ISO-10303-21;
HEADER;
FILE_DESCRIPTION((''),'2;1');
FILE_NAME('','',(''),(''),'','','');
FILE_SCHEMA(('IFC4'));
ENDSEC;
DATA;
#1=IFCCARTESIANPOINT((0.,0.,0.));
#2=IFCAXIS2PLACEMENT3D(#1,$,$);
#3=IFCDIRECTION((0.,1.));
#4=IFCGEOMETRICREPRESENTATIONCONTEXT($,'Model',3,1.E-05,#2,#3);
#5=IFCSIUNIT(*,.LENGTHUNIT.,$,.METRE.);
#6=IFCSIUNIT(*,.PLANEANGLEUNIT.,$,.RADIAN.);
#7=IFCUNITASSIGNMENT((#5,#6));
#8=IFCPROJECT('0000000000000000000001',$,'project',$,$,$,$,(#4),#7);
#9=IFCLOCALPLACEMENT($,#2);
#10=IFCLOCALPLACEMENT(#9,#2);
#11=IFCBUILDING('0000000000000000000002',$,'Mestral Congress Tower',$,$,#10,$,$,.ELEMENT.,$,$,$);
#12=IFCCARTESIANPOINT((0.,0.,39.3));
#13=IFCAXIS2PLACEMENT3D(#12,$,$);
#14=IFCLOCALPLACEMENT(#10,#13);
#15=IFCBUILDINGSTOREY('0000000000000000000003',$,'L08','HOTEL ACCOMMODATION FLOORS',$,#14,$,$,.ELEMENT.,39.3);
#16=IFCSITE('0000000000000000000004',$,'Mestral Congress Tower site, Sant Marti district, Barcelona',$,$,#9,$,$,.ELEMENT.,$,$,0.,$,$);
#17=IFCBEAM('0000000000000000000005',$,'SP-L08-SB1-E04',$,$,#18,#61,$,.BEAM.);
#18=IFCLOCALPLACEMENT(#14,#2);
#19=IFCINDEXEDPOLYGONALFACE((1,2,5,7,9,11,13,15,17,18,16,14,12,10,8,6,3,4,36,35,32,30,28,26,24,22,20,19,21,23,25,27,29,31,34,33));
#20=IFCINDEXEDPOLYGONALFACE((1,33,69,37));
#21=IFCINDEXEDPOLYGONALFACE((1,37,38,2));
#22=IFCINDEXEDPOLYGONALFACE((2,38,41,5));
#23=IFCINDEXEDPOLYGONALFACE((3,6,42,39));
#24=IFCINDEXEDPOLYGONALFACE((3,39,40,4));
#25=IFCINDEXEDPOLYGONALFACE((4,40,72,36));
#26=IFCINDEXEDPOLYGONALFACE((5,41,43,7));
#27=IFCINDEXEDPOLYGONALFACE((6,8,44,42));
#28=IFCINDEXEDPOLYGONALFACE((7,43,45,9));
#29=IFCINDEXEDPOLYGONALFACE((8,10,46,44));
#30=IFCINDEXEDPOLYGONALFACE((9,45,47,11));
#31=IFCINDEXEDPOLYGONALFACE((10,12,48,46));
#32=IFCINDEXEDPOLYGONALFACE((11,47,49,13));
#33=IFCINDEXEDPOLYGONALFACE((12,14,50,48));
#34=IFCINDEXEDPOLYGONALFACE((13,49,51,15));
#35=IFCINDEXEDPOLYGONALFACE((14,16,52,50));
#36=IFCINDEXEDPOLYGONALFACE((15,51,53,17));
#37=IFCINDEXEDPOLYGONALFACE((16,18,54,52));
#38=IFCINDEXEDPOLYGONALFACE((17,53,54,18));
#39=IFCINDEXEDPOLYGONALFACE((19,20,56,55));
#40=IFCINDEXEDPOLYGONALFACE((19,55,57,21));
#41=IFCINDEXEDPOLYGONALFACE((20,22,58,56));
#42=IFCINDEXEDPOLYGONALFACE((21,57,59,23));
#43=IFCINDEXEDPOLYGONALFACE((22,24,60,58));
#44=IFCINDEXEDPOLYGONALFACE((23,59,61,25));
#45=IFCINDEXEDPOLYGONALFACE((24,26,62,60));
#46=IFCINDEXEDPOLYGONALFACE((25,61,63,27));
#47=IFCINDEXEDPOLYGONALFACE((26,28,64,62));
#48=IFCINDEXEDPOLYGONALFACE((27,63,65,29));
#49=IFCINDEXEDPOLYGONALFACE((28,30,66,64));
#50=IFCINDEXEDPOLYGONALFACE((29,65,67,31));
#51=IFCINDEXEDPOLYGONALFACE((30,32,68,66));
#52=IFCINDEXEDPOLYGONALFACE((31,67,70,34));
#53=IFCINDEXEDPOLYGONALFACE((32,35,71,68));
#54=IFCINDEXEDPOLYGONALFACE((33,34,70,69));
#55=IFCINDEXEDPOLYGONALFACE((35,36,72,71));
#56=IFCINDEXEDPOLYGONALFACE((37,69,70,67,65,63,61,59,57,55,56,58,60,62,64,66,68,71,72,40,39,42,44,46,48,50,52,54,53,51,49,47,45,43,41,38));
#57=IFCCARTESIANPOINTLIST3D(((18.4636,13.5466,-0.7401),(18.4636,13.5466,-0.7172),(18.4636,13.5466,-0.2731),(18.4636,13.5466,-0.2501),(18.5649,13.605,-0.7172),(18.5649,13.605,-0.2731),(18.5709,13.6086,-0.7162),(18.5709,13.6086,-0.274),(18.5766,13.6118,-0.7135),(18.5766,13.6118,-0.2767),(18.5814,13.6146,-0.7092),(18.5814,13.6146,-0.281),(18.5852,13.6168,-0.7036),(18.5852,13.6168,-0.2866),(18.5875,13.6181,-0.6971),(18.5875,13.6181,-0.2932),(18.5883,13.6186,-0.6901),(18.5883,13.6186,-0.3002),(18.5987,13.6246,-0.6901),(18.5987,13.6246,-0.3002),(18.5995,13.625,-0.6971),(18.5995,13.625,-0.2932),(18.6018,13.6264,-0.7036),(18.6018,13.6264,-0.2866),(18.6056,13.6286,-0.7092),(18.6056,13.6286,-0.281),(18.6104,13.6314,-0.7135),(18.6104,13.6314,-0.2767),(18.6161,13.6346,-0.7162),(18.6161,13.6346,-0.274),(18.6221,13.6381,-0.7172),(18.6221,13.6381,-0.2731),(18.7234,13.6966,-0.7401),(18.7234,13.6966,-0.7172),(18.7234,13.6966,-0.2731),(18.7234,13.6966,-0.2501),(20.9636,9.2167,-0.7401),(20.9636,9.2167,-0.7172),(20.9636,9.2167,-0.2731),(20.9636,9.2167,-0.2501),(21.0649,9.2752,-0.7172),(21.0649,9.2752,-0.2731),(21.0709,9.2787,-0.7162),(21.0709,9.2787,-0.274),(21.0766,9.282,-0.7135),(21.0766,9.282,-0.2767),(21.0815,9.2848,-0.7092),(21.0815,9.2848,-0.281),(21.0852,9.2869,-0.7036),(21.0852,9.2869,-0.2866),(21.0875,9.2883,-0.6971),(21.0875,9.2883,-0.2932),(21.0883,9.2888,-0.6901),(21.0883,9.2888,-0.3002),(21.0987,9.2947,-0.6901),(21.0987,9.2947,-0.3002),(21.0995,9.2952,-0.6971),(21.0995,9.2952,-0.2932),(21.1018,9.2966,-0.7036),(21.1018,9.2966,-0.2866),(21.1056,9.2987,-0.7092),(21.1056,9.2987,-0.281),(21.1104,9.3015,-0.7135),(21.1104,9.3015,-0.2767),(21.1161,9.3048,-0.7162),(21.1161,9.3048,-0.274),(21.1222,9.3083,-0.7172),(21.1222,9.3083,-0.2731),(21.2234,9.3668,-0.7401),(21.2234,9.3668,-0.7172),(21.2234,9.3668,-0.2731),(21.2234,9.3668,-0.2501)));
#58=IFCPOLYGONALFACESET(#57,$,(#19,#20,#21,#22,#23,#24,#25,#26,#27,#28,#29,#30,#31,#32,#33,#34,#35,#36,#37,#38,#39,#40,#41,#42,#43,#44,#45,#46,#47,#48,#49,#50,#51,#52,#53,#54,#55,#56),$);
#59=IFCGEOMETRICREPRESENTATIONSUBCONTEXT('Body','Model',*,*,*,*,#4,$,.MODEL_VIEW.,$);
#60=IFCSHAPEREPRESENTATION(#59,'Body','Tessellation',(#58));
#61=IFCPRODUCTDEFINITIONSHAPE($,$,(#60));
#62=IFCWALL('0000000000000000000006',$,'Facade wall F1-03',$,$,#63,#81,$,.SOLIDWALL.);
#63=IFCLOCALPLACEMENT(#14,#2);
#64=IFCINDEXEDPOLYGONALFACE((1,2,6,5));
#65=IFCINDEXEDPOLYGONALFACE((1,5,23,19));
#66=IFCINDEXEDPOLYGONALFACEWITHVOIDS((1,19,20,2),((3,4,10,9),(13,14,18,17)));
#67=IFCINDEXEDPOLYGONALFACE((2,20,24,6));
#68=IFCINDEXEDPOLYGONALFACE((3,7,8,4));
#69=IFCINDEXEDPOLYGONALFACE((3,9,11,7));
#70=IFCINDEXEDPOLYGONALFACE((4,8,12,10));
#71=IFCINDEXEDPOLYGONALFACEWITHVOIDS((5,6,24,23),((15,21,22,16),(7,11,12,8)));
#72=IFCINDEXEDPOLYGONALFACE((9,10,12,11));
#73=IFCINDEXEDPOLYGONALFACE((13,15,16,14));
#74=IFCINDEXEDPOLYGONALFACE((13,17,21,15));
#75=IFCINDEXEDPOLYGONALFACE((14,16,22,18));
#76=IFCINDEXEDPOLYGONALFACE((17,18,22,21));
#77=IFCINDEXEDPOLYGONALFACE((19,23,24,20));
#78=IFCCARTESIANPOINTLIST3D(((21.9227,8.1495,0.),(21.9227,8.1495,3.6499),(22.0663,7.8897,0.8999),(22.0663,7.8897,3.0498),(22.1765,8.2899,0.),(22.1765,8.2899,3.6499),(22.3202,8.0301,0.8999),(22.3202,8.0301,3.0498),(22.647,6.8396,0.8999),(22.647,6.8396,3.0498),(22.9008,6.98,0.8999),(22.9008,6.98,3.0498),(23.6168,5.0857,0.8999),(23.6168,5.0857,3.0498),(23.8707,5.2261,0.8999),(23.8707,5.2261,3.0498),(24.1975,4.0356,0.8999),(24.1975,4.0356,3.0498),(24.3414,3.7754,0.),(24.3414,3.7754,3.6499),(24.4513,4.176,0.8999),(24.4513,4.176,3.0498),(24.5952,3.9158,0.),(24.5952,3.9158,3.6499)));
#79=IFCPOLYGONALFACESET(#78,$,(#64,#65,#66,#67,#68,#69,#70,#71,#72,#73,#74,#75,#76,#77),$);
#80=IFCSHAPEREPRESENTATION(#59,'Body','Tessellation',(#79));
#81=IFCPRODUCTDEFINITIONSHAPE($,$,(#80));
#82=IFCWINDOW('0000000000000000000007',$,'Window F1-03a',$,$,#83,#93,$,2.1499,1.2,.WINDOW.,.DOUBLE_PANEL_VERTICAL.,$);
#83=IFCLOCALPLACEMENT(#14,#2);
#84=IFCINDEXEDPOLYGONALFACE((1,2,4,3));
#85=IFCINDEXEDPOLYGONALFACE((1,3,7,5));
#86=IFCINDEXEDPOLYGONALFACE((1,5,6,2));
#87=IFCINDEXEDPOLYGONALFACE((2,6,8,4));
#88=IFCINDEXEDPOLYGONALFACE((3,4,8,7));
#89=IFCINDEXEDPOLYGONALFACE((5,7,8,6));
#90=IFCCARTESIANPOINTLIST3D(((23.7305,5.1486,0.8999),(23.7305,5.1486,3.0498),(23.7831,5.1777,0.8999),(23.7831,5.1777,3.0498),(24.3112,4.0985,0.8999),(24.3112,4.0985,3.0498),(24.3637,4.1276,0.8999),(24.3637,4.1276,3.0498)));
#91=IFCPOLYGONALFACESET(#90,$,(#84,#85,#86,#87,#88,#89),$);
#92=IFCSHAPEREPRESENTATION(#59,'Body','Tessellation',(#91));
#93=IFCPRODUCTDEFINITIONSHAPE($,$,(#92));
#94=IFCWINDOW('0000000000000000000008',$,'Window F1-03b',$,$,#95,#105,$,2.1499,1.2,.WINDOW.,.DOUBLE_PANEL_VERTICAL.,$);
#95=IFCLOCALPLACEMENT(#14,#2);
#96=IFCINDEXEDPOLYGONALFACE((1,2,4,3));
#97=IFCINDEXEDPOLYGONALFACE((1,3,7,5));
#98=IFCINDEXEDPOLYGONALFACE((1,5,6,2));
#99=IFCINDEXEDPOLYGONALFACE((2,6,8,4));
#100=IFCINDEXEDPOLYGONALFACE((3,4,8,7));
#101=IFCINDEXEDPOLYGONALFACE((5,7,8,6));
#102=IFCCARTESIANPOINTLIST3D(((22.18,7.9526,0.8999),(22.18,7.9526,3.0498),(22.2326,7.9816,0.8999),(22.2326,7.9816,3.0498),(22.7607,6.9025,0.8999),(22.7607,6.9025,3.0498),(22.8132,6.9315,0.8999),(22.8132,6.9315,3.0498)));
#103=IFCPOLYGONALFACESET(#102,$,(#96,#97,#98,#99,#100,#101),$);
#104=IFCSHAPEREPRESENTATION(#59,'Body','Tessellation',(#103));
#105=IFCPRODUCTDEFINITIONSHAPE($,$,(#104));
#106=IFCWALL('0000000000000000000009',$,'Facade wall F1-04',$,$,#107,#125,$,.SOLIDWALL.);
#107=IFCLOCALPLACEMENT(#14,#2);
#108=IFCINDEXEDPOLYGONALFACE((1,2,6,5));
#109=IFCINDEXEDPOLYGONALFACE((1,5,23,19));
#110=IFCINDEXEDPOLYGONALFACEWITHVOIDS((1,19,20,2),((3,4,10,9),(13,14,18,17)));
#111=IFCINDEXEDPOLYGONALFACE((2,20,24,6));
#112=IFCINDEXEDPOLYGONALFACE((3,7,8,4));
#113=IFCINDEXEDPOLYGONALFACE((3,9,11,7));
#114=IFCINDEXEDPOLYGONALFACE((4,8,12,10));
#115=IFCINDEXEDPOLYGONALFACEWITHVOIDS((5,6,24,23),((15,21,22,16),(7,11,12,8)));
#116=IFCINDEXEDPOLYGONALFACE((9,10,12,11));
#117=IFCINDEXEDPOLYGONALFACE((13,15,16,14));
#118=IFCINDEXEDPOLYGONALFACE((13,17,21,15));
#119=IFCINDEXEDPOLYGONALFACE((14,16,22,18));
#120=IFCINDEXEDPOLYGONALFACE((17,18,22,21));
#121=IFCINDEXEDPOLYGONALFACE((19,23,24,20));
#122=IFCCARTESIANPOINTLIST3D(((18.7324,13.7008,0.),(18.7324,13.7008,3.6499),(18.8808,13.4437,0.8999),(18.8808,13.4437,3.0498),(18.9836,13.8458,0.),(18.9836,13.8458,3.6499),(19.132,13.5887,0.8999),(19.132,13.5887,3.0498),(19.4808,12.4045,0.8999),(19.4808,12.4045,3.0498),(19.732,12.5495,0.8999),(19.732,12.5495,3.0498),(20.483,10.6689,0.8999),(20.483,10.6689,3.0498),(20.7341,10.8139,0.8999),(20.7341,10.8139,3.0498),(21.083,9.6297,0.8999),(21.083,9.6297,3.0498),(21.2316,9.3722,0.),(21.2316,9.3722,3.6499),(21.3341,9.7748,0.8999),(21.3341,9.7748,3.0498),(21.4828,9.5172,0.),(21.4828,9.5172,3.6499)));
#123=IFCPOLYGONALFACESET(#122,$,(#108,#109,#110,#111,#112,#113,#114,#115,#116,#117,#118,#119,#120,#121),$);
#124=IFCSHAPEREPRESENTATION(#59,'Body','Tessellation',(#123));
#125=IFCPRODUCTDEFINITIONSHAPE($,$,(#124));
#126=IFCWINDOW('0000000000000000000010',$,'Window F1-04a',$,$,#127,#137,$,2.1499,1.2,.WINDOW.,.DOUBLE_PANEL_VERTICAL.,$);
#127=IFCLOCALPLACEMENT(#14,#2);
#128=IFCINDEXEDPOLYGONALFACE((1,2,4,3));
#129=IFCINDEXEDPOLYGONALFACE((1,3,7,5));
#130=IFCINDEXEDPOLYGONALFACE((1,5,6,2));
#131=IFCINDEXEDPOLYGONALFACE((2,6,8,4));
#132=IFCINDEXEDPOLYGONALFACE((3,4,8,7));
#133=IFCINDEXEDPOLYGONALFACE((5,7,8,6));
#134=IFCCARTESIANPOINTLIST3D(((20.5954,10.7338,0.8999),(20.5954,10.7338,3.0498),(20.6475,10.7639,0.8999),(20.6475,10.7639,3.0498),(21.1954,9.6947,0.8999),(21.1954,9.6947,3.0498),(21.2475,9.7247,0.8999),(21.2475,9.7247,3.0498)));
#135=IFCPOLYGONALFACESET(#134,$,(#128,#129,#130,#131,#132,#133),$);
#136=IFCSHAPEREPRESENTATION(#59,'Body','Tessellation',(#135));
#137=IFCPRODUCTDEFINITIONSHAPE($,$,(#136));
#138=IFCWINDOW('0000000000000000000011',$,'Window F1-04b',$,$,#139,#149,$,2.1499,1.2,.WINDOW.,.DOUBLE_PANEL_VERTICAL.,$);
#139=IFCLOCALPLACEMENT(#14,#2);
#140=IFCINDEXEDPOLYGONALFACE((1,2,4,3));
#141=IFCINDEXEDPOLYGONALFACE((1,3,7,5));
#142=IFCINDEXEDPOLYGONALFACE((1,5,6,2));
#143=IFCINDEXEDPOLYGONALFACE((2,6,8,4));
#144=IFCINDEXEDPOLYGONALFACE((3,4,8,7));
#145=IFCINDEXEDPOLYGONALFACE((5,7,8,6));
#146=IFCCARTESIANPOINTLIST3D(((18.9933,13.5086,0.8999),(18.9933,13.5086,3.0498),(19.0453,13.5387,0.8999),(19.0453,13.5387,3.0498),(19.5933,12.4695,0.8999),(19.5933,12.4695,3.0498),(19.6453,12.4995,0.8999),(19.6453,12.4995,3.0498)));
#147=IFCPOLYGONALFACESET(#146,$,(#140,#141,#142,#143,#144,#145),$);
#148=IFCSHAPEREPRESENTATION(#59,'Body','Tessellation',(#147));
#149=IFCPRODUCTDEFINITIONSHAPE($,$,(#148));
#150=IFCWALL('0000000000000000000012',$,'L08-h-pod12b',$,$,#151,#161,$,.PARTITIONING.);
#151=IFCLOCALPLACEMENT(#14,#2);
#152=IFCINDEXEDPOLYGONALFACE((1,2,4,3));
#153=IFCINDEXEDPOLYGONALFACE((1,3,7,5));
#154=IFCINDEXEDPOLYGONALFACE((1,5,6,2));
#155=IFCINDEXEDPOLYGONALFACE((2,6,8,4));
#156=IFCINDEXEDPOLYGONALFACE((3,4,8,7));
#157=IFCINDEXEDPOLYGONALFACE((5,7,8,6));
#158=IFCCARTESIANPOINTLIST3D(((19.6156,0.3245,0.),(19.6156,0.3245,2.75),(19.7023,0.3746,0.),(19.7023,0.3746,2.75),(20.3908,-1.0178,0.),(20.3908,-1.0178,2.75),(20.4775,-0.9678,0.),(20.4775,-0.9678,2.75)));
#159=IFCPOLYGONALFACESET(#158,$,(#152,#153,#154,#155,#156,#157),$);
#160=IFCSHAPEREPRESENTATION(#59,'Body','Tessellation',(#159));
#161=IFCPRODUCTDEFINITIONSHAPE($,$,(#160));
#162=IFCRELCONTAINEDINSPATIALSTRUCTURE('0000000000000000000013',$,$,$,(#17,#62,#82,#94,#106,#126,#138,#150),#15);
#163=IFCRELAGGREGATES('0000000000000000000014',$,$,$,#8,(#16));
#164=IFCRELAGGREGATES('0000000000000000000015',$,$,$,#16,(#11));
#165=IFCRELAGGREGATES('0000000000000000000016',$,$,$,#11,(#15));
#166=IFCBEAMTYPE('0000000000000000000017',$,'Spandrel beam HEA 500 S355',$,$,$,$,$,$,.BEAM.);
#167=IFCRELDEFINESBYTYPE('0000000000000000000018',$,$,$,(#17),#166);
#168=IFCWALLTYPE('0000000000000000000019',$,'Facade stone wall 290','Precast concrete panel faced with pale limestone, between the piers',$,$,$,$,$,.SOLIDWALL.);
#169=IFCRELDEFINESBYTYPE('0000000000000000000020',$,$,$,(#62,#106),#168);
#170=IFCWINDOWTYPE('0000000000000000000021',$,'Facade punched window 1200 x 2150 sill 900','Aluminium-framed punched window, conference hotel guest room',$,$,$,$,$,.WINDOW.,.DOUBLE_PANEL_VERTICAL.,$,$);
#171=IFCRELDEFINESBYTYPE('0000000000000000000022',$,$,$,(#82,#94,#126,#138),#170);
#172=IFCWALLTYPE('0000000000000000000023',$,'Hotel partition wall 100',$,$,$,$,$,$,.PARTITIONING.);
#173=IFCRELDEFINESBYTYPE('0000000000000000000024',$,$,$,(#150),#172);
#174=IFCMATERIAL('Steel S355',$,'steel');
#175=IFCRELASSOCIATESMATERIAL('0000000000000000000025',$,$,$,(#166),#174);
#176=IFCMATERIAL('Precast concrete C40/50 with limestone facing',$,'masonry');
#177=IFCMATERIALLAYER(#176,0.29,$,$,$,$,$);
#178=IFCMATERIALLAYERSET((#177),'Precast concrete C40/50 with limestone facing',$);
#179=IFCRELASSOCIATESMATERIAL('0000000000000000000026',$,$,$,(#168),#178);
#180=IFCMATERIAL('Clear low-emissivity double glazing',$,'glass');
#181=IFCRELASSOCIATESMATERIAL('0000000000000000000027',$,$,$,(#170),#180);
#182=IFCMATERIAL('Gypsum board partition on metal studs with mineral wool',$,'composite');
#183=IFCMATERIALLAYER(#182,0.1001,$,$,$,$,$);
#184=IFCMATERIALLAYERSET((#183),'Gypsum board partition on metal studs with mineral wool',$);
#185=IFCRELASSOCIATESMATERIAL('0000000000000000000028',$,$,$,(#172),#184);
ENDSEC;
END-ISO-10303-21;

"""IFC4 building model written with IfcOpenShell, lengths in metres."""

from ifc_helpers import new_model, si_unit, direction, frame, frame_2d, origin, origin_2d, place, context, subcontext, project, spatial, rectangle, i_section, extrude, material, layer, layer_set, material_profile, profile_set, type_object, element, fill, save


model = new_model("IFC4")

# Units and contexts
model_context = context("Model", 3, precision=1e-05, world=origin(), true_north=direction((0.0, 1.0)))
body_context = subcontext(model_context, "Body", "Model", "MODEL_VIEW")
ifc_project = project(units=[si_unit("LENGTHUNIT", "METRE"), si_unit("PLANEANGLEUNIT", "RADIAN")], contexts=[model_context])

# Site, building, storey
site_placement = place(None, origin())
site = spatial("IfcSite", under=ifc_project, at=site_placement, Name="Mestral Congress Tower site, Sant Marti district, Barcelona", CompositionType="ELEMENT", RefElevation=0.0)
building_placement = place(site_placement, origin())
building = spatial("IfcBuilding", under=site, at=building_placement, Name="Mestral Congress Tower", CompositionType="ELEMENT")
storey_placement = place(building_placement, frame((0.0, 0.0, 39.3)))
storey = spatial("IfcBuildingStorey", under=building, at=storey_placement, Name="L08", Description="HOTEL ACCOMMODATION FLOORS", CompositionType="ELEMENT", Elevation=39.3)

# Beam
ifc_material_1 = material(Name="Steel S355", Category="steel")
ifc_material_profile_1 = material_profile(ifc_material_1, i_section(OverallWidth=0.3, OverallDepth=0.49, WebThickness=0.012, FlangeThickness=0.0229, FilletRadius=0.0271, at=origin_2d()), Name="HEA 500")
ifc_profile_set_1 = profile_set([ifc_material_profile_1], Name="Steel S355")
beam_type_1 = type_object("IfcBeamType", Name="Spandrel beam HEA 500 S355", PredefinedType="BEAM", material=ifc_profile_set_1)
for number, where, z_axis, x_axis, name in (
    (1, (21.0935, 9.2917, -0.4951), (-0.500025, 0.866011, 0.0), (-0.866011, -0.500025, 0.0), "SP-L08-SB1-E04"),
):
    element("IfcBeam", number, at=place(storey_placement, frame(where, z_axis=z_axis, x_axis=x_axis)), inside=storey, type_object=beam_type_1, Name=name, PredefinedType="BEAM", context=body_context, shape_type="SweptSolid", body=[
        extrude(i_section(OverallWidth=0.3, OverallDepth=0.49, WebThickness=0.012, FlangeThickness=0.0229, FilletRadius=0.0271, at=origin_2d()), origin(), (0.0, 0.0, 1.0), 4.9998),
    ])

# Walls, openings, windows
ifc_material_2 = material(Name="Precast concrete C40/50 with limestone facing", Category="masonry")
ifc_layer_1 = layer(ifc_material_2, 0.29)
ifc_layer_set_1 = layer_set([ifc_layer_1], Name="Precast concrete C40/50 with limestone facing")
wall_type_1 = type_object("IfcWallType", Name="Facade stone wall 290", Description="Precast concrete panel faced with pale limestone, between the piers", PredefinedType="SOLIDWALL", material=ifc_layer_set_1)
wall_1_placement = place(storey_placement, frame((24.4683, 3.8457, 0.0), z_axis=(0.0, 0.0, 1.0), x_axis=(-0.483913, 0.875116, 0.0)))
wall_1 = element("IfcWall", 2, at=wall_1_placement, inside=storey, type_object=wall_type_1, Name="Facade wall F1-03", PredefinedType="SOLIDWALL", context=body_context, shape_type="SweptSolid", body=[
    extrude(rectangle(XDim=4.9983, YDim=0.29, at=frame_2d((2.499, 0.0))), origin(), (0.0, 0.0, 1.0), 3.6499),
])
opening_1_placement = place(wall_1_placement, frame((0.2971, 0.0, 0.8999)))
opening_1 = element("IfcOpeningElement", 3, at=opening_1_placement, cuts=wall_1, PredefinedType="OPENING", context=body_context, shape_type="SweptSolid", body=[
    extrude(rectangle(XDim=1.2, YDim=2.1499, at=frame_2d((0.6001, 1.075))), frame((0.0, 0.155, 0.0), z_axis=(0.0, -1.0, 0.0), x_axis=(1.0, 0.0, 0.0)), (0.0, 0.0, 1.0), 0.3101),
])
opening_2_placement = place(wall_1_placement, frame((3.5012, 0.0, 0.8999)))
opening_2 = element("IfcOpeningElement", 4, at=opening_2_placement, cuts=wall_1, PredefinedType="OPENING", context=body_context, shape_type="SweptSolid", body=[
    extrude(rectangle(XDim=1.2, YDim=2.1499, at=frame_2d((0.6001, 1.075))), frame((0.0, 0.155, 0.0), z_axis=(0.0, -1.0, 0.0), x_axis=(1.0, 0.0, 0.0)), (0.0, 0.0, 1.0), 0.3101),
])
ifc_material_3 = material(Name="Clear low-emissivity double glazing", Category="glass")
window_type = type_object("IfcWindowType", Name="Facade punched window 1200 x 2150 sill 900", Description="Aluminium-framed punched window, conference hotel guest room", PartitioningType="DOUBLE_PANEL_VERTICAL", PredefinedType="WINDOW", material=ifc_material_3)
window_1_placement = place(opening_1_placement, origin())
window_1 = element("IfcWindow", 5, at=window_1_placement, inside=storey, type_object=window_type, Name="Window F1-03a", OverallHeight=2.1499, OverallWidth=1.2, PartitioningType="DOUBLE_PANEL_VERTICAL", PredefinedType="WINDOW", context=body_context, shape_type="SweptSolid", body=[
    extrude(rectangle(XDim=1.2, YDim=2.1499, at=frame_2d((0.6001, 1.075))), frame((0.0, 0.0151, 0.0), z_axis=(0.0, -1.0, 0.0), x_axis=(1.0, 0.0, 0.0)), (0.0, 0.0, 1.0), 0.0601),
])
fill(opening_1, window_1)
window_2_placement = place(opening_2_placement, origin())
window_2 = element("IfcWindow", 6, at=window_2_placement, inside=storey, type_object=window_type, Name="Window F1-03b", OverallHeight=2.1499, OverallWidth=1.2, PartitioningType="DOUBLE_PANEL_VERTICAL", PredefinedType="WINDOW", context=body_context, shape_type="SweptSolid", body=[
    extrude(rectangle(XDim=1.2, YDim=2.1499, at=frame_2d((0.6001, 1.075))), frame((0.0, 0.0151, 0.0), z_axis=(0.0, -1.0, 0.0), x_axis=(1.0, 0.0, 0.0)), (0.0, 0.0, 1.0), 0.0601),
])
fill(opening_2, window_2)
wall_2_placement = place(storey_placement, frame((21.3572, 9.4448, 0.0), z_axis=(0.0, 0.0, 1.0), x_axis=(-0.500021, 0.866013, 0.0)))
wall_2 = element("IfcWall", 7, at=wall_2_placement, inside=storey, type_object=wall_type_1, Name="Facade wall F1-04", PredefinedType="SOLIDWALL", context=body_context, shape_type="SweptSolid", body=[
    extrude(rectangle(XDim=4.9983, YDim=0.29, at=frame_2d((2.499, 0.0))), origin(), (0.0, 0.0, 1.0), 3.6499),
])
opening_3_placement = place(wall_2_placement, frame((0.2971, 0.0, 0.8999)))
opening_3 = element("IfcOpeningElement", 8, at=opening_3_placement, cuts=wall_2, PredefinedType="OPENING", context=body_context, shape_type="SweptSolid", body=[
    extrude(rectangle(XDim=1.2, YDim=2.1499, at=frame_2d((0.6001, 1.075))), frame((0.0, 0.155, 0.0), z_axis=(0.0, -1.0, 0.0), x_axis=(1.0, 0.0, 0.0)), (0.0, 0.0, 1.0), 0.3101),
])
opening_4_placement = place(wall_2_placement, frame((3.5012, 0.0, 0.8999)))
opening_4 = element("IfcOpeningElement", 9, at=opening_4_placement, cuts=wall_2, PredefinedType="OPENING", context=body_context, shape_type="SweptSolid", body=[
    extrude(rectangle(XDim=1.2, YDim=2.1499, at=frame_2d((0.6001, 1.075))), frame((0.0, 0.155, 0.0), z_axis=(0.0, -1.0, 0.0), x_axis=(1.0, 0.0, 0.0)), (0.0, 0.0, 1.0), 0.3101),
])
window_3_placement = place(opening_3_placement, origin())
window_3 = element("IfcWindow", 10, at=window_3_placement, inside=storey, type_object=window_type, Name="Window F1-04a", OverallHeight=2.1499, OverallWidth=1.2, PartitioningType="DOUBLE_PANEL_VERTICAL", PredefinedType="WINDOW", context=body_context, shape_type="SweptSolid", body=[
    extrude(rectangle(XDim=1.2, YDim=2.1499, at=frame_2d((0.6001, 1.075))), frame((0.0, 0.0151, 0.0), z_axis=(0.0, -1.0, 0.0), x_axis=(1.0, 0.0, 0.0)), (0.0, 0.0, 1.0), 0.0601),
])
fill(opening_3, window_3)
window_4_placement = place(opening_4_placement, origin())
window_4 = element("IfcWindow", 11, at=window_4_placement, inside=storey, type_object=window_type, Name="Window F1-04b", OverallHeight=2.1499, OverallWidth=1.2, PartitioningType="DOUBLE_PANEL_VERTICAL", PredefinedType="WINDOW", context=body_context, shape_type="SweptSolid", body=[
    extrude(rectangle(XDim=1.2, YDim=2.1499, at=frame_2d((0.6001, 1.075))), frame((0.0, 0.0151, 0.0), z_axis=(0.0, -1.0, 0.0), x_axis=(1.0, 0.0, 0.0)), (0.0, 0.0, 1.0), 0.0601),
])
fill(opening_4, window_4)

# Wall
ifc_material_4 = material(Name="Gypsum board partition on metal studs with mineral wool", Category="composite")
ifc_layer_2 = layer(ifc_material_4, 0.1001)
ifc_layer_set_2 = layer_set([ifc_layer_2], Name="Gypsum board partition on metal studs with mineral wool")
wall_type_2 = type_object("IfcWallType", Name="Hotel partition wall 100", PredefinedType="PARTITIONING", material=ifc_layer_set_2)
wall_3_placement = place(storey_placement, frame((20.4341, -0.9927, 0.0), z_axis=(0.0, 0.0, 1.0), x_axis=(-0.500086, 0.865976, 0.0)))
element("IfcWall", 12, at=wall_3_placement, inside=storey, type_object=wall_type_2, Name="L08-h-pod12b", PredefinedType="PARTITIONING", context=body_context, shape_type="SweptSolid", body=[
    extrude(rectangle(XDim=1.55, YDim=0.1001, at=frame_2d((0.7749, 0.0))), origin(), (0.0, 0.0, 1.0), 2.75),
])

save(model, "model.ifc")
